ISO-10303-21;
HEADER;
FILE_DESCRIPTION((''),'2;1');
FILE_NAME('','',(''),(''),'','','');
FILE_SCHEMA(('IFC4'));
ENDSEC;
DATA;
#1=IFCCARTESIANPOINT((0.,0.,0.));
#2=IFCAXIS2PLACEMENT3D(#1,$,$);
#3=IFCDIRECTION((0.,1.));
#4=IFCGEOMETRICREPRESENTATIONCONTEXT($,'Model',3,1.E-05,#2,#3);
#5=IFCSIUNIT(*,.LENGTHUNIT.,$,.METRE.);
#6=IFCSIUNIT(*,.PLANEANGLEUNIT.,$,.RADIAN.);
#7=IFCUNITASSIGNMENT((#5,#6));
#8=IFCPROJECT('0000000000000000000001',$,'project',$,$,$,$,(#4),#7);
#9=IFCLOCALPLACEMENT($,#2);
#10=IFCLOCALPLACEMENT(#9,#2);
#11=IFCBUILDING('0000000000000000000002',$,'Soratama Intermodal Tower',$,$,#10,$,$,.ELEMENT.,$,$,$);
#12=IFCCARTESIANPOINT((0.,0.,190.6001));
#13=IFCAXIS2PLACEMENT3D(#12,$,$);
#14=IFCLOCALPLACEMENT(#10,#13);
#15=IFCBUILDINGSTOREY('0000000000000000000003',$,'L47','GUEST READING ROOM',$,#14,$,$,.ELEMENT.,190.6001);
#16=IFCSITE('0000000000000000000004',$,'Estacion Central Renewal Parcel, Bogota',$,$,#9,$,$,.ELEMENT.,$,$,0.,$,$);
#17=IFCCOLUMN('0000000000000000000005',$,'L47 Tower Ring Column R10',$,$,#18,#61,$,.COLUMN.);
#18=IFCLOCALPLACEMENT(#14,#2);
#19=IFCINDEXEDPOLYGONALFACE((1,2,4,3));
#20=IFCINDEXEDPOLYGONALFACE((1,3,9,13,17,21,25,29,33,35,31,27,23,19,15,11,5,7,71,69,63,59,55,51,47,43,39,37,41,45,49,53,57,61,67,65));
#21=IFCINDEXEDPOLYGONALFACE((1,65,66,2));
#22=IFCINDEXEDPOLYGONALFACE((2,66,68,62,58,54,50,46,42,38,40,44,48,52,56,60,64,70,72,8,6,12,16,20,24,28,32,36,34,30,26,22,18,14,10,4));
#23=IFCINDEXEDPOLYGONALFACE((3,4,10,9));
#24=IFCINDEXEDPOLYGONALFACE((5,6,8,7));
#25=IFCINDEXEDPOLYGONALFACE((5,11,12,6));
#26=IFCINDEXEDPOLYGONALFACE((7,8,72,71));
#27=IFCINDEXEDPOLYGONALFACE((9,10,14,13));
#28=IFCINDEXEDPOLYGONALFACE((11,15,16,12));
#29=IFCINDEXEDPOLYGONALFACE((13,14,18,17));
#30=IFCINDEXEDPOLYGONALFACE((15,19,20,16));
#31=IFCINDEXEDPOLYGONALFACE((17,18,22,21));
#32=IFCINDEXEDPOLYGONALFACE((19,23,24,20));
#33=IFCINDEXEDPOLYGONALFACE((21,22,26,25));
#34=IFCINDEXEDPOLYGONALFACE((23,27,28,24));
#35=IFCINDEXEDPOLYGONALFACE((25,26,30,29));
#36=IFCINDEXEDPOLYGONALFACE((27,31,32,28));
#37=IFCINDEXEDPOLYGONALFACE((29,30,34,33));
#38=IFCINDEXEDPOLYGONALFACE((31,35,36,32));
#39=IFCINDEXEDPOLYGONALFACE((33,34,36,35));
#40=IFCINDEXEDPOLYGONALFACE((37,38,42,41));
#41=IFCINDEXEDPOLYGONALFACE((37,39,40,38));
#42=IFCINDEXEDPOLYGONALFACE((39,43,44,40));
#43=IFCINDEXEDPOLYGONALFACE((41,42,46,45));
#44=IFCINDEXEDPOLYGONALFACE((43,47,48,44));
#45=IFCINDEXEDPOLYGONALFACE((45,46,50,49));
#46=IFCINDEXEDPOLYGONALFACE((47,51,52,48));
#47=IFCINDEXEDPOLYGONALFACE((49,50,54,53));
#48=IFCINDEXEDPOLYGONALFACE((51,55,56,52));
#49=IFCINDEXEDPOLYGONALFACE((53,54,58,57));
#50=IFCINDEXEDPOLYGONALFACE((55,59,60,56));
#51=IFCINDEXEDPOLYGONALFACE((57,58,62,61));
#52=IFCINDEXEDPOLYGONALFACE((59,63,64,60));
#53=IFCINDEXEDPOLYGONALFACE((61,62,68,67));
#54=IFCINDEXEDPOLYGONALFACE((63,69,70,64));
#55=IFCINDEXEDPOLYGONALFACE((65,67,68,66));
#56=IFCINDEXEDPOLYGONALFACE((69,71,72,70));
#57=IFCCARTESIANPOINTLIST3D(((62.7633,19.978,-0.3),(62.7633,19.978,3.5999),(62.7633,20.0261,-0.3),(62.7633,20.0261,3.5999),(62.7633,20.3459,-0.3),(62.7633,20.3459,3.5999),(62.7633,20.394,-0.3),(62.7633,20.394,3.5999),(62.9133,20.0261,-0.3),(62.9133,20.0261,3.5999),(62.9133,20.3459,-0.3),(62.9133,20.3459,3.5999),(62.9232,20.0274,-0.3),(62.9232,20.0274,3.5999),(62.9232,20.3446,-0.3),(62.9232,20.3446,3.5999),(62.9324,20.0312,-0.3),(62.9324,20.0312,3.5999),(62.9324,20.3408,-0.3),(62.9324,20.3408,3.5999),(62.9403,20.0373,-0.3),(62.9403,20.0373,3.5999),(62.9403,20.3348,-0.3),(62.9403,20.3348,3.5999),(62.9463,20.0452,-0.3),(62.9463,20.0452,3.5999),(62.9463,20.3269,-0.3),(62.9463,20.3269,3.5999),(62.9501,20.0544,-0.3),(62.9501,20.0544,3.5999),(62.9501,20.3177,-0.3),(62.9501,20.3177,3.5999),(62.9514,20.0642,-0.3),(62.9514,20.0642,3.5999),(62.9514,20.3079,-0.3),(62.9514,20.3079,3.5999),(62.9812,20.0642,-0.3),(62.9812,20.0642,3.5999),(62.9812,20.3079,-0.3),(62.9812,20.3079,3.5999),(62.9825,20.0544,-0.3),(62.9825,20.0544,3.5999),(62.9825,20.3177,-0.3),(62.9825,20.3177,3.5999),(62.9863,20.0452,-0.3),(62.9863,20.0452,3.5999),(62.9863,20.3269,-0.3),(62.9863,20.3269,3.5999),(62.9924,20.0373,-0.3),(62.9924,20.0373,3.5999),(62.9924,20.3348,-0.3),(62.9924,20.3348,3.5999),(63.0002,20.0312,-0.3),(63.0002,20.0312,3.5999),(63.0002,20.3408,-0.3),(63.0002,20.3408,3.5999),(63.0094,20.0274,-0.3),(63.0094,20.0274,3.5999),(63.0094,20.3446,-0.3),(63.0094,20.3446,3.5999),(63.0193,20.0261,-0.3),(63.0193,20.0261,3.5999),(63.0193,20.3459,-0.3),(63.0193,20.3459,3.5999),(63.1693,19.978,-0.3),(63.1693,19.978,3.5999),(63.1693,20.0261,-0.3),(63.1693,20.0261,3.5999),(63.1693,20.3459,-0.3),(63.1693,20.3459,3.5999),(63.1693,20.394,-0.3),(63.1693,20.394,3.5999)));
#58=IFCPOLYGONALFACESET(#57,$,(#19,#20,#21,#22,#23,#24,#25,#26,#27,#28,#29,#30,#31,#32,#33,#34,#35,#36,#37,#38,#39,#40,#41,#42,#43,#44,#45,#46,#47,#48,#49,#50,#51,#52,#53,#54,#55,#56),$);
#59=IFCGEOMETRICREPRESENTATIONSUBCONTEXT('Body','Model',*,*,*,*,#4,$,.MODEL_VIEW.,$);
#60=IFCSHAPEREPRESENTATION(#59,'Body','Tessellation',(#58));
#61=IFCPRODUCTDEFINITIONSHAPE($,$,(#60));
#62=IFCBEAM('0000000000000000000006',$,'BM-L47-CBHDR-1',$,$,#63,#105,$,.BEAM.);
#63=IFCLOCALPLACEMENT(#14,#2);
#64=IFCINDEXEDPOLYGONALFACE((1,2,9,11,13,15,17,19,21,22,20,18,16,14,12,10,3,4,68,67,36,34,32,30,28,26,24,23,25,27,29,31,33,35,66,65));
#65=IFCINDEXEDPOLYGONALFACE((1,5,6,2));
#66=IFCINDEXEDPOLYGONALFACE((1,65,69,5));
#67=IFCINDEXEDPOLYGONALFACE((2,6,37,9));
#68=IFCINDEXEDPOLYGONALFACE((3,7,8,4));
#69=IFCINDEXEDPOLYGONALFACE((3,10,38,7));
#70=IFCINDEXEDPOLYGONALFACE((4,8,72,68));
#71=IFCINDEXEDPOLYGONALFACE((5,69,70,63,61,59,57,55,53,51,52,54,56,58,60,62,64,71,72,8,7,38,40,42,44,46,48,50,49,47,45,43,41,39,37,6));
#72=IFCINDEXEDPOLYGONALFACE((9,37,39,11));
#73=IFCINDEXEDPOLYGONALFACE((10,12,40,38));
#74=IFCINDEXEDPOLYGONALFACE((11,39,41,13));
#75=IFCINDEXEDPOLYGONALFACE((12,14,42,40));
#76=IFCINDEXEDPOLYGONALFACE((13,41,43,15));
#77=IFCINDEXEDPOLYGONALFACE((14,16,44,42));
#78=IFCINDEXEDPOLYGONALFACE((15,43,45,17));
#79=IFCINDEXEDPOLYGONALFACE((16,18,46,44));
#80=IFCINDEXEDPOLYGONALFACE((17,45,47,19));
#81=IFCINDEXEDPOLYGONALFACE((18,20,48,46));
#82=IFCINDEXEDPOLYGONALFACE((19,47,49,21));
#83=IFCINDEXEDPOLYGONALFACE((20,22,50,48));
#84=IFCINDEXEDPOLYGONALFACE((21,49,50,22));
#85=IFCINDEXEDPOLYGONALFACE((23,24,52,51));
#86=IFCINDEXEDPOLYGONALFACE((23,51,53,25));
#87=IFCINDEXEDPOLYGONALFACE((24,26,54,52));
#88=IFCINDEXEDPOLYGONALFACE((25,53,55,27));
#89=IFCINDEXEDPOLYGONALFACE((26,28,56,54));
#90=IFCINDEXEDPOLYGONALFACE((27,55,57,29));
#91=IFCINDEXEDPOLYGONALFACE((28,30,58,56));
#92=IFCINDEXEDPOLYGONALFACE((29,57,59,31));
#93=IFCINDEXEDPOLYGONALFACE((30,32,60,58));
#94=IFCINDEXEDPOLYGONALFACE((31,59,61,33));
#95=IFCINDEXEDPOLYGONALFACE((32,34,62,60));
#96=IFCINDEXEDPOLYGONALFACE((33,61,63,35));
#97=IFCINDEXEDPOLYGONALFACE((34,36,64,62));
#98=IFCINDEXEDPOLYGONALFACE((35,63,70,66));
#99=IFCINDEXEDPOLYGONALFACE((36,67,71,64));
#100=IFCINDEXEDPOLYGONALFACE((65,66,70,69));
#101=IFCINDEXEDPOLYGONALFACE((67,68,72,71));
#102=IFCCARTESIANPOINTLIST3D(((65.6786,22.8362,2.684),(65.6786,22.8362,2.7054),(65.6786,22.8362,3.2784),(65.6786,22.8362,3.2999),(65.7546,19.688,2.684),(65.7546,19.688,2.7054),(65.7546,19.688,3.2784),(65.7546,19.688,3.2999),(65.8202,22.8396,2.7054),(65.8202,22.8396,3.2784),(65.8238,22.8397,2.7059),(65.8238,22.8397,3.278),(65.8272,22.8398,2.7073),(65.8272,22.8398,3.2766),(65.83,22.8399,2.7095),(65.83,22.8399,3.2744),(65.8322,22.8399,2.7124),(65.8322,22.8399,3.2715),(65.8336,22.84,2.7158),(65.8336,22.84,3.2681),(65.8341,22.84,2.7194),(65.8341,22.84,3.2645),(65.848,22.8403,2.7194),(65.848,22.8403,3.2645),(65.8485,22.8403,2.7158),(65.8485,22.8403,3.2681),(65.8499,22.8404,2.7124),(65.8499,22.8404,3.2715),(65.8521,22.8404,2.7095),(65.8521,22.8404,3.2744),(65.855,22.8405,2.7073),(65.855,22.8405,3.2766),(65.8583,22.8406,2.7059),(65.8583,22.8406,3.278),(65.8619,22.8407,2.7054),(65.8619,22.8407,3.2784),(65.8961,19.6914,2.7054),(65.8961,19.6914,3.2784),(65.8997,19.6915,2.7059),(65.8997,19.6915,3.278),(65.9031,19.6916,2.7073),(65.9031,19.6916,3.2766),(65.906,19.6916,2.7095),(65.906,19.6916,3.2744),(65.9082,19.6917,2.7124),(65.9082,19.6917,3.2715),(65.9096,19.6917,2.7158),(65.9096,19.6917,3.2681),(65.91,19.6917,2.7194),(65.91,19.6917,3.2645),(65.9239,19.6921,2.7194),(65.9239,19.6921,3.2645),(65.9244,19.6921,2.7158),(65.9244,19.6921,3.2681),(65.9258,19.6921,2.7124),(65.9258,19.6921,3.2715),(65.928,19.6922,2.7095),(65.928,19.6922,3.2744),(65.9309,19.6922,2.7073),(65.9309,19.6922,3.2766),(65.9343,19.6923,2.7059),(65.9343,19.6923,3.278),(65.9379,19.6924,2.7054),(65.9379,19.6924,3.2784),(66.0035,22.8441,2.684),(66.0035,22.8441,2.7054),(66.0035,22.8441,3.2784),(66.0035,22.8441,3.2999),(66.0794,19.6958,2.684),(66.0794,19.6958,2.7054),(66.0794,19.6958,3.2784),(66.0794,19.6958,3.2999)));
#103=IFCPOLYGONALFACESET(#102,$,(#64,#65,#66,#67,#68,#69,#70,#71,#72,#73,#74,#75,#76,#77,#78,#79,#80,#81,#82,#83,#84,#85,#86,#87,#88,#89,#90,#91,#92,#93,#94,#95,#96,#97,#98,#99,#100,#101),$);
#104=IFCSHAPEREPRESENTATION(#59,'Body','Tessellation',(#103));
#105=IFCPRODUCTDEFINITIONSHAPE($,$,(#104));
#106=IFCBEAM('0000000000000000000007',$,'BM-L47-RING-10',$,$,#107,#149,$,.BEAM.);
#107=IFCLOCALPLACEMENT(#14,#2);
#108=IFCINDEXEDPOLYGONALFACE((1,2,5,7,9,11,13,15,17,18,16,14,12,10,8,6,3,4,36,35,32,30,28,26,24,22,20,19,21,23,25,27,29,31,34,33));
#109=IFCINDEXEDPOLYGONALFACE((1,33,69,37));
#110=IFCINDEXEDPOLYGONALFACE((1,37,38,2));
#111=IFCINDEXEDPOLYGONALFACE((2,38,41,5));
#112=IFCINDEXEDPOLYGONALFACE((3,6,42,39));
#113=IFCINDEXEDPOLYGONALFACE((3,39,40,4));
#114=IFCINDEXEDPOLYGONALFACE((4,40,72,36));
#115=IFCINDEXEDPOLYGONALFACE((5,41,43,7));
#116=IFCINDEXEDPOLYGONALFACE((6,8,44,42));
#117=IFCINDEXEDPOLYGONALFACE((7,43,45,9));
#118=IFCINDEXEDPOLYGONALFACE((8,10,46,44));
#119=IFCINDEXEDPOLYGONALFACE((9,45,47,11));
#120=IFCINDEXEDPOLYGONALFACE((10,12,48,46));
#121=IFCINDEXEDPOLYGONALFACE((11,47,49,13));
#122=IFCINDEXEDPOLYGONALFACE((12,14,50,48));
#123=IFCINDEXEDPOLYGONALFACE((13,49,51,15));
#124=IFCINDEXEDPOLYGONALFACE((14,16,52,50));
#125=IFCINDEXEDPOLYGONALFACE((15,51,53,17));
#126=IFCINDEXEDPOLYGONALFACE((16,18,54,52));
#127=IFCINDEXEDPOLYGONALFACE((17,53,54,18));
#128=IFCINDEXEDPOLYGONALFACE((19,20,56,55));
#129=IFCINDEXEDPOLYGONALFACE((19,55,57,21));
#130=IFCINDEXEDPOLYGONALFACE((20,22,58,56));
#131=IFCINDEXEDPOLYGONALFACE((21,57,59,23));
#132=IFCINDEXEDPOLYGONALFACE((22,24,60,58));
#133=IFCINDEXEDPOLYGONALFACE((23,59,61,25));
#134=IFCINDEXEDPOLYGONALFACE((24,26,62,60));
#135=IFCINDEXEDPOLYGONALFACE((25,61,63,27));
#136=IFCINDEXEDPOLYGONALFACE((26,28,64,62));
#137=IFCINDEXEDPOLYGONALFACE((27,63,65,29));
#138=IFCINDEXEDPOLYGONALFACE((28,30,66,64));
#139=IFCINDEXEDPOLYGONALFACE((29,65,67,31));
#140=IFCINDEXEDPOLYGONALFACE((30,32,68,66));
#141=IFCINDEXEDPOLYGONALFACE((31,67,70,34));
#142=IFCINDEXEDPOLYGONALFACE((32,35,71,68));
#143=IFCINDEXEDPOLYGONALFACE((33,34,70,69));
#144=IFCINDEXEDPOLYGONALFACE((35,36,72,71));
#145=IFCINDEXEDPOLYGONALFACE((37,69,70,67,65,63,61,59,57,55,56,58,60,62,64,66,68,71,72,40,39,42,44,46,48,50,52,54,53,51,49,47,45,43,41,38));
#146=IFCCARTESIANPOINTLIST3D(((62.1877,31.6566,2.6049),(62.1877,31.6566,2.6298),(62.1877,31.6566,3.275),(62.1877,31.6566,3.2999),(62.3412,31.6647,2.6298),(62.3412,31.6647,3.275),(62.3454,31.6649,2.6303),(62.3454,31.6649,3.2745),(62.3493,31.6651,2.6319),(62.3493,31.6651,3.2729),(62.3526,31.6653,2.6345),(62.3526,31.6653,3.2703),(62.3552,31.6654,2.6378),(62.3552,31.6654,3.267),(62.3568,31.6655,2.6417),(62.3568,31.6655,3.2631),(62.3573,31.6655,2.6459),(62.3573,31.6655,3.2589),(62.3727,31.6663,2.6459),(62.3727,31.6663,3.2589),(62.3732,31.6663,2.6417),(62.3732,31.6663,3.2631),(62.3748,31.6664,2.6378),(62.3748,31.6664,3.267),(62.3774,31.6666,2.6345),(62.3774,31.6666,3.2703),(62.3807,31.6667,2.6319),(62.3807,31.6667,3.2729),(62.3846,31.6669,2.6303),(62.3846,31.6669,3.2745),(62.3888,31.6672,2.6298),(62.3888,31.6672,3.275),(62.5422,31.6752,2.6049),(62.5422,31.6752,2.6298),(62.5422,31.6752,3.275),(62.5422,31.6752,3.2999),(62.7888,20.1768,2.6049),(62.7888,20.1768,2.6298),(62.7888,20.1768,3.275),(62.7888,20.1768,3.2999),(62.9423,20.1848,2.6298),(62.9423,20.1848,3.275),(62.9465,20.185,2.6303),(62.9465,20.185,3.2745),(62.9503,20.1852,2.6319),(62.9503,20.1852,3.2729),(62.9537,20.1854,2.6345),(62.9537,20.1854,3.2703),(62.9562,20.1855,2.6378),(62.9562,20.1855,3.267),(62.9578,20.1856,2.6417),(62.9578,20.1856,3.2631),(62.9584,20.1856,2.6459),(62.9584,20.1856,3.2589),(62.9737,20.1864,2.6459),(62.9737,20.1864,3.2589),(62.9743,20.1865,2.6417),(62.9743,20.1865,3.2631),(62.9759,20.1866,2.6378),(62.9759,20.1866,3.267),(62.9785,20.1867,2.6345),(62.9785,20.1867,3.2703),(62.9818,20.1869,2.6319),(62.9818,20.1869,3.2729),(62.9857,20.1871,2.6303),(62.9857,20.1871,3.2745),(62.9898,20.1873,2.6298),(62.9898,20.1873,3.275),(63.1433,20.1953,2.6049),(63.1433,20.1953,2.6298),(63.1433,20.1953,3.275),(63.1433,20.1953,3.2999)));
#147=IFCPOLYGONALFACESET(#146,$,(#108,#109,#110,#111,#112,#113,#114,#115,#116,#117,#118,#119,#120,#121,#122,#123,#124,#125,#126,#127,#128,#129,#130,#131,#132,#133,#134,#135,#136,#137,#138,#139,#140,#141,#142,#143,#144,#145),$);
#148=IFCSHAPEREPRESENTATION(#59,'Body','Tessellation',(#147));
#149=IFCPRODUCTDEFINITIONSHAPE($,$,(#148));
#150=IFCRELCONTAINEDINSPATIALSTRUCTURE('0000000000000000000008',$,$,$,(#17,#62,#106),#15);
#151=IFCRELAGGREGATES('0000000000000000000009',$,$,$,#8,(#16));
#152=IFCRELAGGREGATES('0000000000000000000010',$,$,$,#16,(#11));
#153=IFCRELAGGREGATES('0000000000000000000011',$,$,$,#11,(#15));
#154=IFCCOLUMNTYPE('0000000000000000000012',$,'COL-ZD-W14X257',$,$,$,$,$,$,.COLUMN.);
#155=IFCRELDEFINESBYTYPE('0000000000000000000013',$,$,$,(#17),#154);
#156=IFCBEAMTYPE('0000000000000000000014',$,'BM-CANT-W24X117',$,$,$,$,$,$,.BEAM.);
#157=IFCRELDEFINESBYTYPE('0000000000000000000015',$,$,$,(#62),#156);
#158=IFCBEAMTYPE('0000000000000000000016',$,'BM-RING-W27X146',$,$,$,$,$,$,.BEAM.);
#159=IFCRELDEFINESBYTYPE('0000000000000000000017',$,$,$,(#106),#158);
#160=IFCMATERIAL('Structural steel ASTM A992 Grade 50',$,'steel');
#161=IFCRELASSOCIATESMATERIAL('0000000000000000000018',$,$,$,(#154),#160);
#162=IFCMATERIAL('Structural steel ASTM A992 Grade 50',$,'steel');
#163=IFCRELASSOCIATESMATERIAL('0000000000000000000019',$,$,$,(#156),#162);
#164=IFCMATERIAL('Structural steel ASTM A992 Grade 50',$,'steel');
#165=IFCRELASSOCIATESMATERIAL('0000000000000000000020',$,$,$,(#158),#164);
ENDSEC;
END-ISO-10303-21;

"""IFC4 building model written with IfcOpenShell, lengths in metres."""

from ifc_helpers import new_model, si_unit, direction, frame, origin, origin_2d, place, context, subcontext, project, spatial, i_section, extrude, material, material_profile, profile_set, type_object, element, save


model = new_model("IFC4")

# Units and contexts
model_context = context("Model", 3, precision=1e-05, world=origin(), true_north=direction((0.0, 1.0)))
body_context = subcontext(model_context, "Body", "Model", "MODEL_VIEW")
ifc_project = project(units=[si_unit("LENGTHUNIT", "METRE"), si_unit("PLANEANGLEUNIT", "RADIAN")], contexts=[model_context])

# Site, building, storey
site_placement = place(None, origin())
site = spatial("IfcSite", under=ifc_project, at=site_placement, Name="Estacion Central Renewal Parcel, Bogota", CompositionType="ELEMENT", RefElevation=0.0)
building_placement = place(site_placement, origin())
building = spatial("IfcBuilding", under=site, at=building_placement, Name="Soratama Intermodal Tower", CompositionType="ELEMENT")
storey_placement = place(building_placement, frame((0.0, 0.0, 190.6001)))
storey = spatial("IfcBuildingStorey", under=building, at=storey_placement, Name="L47", Description="GUEST READING ROOM", CompositionType="ELEMENT", Elevation=190.6001)

# Column
ifc_material_1 = material(Name="Structural steel ASTM A992 Grade 50", Category="steel")
ifc_material_profile_1 = material_profile(ifc_material_1, i_section(OverallWidth=0.406, OverallDepth=0.416, WebThickness=0.0298, FlangeThickness=0.0481, FilletRadius=0.0381, at=origin_2d()), Name="W14X257")
ifc_profile_set_1 = profile_set([ifc_material_profile_1], Name="Structural steel ASTM A992 Grade 50")
column_type = type_object("IfcColumnType", Name="COL-ZD-W14X257", PredefinedType="COLUMN", material=ifc_profile_set_1)
column_placement = place(storey_placement, frame((62.9663, 20.186, -0.3), z_axis=(0.0, 0.0, 1.0), x_axis=(1.0, 0.0, 0.0)))
element("IfcColumn", 1, at=column_placement, inside=storey, type_object=column_type, Name="L47 Tower Ring Column R10", PredefinedType="COLUMN", context=body_context, shape_type="SweptSolid", body=[
    extrude(i_section(OverallWidth=0.406, OverallDepth=0.416, WebThickness=0.0298, FlangeThickness=0.0481, FilletRadius=0.0381, at=origin_2d()), origin(), (0.0, 0.0, 1.0), 3.8999),
])

# Beams
ifc_material_2 = material(Name="Structural steel ASTM A992 Grade 50", Category="steel")
ifc_material_profile_2 = material_profile(ifc_material_2, i_section(OverallWidth=0.325, OverallDepth=0.616, WebThickness=0.0139, FlangeThickness=0.0215, FilletRadius=0.0139, at=origin_2d()), Name="W24X117")
ifc_profile_set_2 = profile_set([ifc_material_profile_2], Name="Structural steel ASTM A992 Grade 50")
beam_type_1 = type_object("IfcBeamType", Name="BM-CANT-W24X117", PredefinedType="BEAM", material=ifc_profile_set_2)
beam_1_placement = place(storey_placement, frame((65.917, 19.6919, 2.9919), z_axis=(-0.024111, 0.999709, 0.0), x_axis=(-0.999709, -0.024111, 0.0)))
element("IfcBeam", 2, at=beam_1_placement, inside=storey, type_object=beam_type_1, Name="BM-L47-CBHDR-1", PredefinedType="BEAM", context=body_context, shape_type="SweptSolid", body=[
    extrude(i_section(OverallWidth=0.325, OverallDepth=0.616, WebThickness=0.0139, FlangeThickness=0.0215, FilletRadius=0.0139, at=origin_2d()), origin(), (0.0, 0.0, 1.0), 3.1492),
])
ifc_material_3 = material(Name="Structural steel ASTM A992 Grade 50", Category="steel")
ifc_material_profile_3 = material_profile(ifc_material_3, i_section(OverallWidth=0.355, OverallDepth=0.6951, WebThickness=0.0154, FlangeThickness=0.0249, FilletRadius=0.0161, at=origin_2d()), Name="W27X146")
ifc_profile_set_3 = profile_set([ifc_material_profile_3], Name="Structural steel ASTM A992 Grade 50")
beam_type_2 = type_object("IfcBeamType", Name="BM-RING-W27X146", PredefinedType="BEAM", material=ifc_profile_set_3)
beam_2_placement = place(storey_placement, frame((62.9661, 20.186, 2.9524), z_axis=(-0.052287, 0.998632, 0.0), x_axis=(-0.998632, -0.052287, 0.0)))
element("IfcBeam", 3, at=beam_2_placement, inside=storey, type_object=beam_type_2, Name="BM-L47-RING-10", PredefinedType="BEAM", context=body_context, shape_type="SweptSolid", body=[
    extrude(i_section(OverallWidth=0.355, OverallDepth=0.6951, WebThickness=0.0154, FlangeThickness=0.0249, FilletRadius=0.0161, at=origin_2d()), origin(), (0.0, 0.0, 1.0), 11.4956),
])

save(model, "model.ifc")
